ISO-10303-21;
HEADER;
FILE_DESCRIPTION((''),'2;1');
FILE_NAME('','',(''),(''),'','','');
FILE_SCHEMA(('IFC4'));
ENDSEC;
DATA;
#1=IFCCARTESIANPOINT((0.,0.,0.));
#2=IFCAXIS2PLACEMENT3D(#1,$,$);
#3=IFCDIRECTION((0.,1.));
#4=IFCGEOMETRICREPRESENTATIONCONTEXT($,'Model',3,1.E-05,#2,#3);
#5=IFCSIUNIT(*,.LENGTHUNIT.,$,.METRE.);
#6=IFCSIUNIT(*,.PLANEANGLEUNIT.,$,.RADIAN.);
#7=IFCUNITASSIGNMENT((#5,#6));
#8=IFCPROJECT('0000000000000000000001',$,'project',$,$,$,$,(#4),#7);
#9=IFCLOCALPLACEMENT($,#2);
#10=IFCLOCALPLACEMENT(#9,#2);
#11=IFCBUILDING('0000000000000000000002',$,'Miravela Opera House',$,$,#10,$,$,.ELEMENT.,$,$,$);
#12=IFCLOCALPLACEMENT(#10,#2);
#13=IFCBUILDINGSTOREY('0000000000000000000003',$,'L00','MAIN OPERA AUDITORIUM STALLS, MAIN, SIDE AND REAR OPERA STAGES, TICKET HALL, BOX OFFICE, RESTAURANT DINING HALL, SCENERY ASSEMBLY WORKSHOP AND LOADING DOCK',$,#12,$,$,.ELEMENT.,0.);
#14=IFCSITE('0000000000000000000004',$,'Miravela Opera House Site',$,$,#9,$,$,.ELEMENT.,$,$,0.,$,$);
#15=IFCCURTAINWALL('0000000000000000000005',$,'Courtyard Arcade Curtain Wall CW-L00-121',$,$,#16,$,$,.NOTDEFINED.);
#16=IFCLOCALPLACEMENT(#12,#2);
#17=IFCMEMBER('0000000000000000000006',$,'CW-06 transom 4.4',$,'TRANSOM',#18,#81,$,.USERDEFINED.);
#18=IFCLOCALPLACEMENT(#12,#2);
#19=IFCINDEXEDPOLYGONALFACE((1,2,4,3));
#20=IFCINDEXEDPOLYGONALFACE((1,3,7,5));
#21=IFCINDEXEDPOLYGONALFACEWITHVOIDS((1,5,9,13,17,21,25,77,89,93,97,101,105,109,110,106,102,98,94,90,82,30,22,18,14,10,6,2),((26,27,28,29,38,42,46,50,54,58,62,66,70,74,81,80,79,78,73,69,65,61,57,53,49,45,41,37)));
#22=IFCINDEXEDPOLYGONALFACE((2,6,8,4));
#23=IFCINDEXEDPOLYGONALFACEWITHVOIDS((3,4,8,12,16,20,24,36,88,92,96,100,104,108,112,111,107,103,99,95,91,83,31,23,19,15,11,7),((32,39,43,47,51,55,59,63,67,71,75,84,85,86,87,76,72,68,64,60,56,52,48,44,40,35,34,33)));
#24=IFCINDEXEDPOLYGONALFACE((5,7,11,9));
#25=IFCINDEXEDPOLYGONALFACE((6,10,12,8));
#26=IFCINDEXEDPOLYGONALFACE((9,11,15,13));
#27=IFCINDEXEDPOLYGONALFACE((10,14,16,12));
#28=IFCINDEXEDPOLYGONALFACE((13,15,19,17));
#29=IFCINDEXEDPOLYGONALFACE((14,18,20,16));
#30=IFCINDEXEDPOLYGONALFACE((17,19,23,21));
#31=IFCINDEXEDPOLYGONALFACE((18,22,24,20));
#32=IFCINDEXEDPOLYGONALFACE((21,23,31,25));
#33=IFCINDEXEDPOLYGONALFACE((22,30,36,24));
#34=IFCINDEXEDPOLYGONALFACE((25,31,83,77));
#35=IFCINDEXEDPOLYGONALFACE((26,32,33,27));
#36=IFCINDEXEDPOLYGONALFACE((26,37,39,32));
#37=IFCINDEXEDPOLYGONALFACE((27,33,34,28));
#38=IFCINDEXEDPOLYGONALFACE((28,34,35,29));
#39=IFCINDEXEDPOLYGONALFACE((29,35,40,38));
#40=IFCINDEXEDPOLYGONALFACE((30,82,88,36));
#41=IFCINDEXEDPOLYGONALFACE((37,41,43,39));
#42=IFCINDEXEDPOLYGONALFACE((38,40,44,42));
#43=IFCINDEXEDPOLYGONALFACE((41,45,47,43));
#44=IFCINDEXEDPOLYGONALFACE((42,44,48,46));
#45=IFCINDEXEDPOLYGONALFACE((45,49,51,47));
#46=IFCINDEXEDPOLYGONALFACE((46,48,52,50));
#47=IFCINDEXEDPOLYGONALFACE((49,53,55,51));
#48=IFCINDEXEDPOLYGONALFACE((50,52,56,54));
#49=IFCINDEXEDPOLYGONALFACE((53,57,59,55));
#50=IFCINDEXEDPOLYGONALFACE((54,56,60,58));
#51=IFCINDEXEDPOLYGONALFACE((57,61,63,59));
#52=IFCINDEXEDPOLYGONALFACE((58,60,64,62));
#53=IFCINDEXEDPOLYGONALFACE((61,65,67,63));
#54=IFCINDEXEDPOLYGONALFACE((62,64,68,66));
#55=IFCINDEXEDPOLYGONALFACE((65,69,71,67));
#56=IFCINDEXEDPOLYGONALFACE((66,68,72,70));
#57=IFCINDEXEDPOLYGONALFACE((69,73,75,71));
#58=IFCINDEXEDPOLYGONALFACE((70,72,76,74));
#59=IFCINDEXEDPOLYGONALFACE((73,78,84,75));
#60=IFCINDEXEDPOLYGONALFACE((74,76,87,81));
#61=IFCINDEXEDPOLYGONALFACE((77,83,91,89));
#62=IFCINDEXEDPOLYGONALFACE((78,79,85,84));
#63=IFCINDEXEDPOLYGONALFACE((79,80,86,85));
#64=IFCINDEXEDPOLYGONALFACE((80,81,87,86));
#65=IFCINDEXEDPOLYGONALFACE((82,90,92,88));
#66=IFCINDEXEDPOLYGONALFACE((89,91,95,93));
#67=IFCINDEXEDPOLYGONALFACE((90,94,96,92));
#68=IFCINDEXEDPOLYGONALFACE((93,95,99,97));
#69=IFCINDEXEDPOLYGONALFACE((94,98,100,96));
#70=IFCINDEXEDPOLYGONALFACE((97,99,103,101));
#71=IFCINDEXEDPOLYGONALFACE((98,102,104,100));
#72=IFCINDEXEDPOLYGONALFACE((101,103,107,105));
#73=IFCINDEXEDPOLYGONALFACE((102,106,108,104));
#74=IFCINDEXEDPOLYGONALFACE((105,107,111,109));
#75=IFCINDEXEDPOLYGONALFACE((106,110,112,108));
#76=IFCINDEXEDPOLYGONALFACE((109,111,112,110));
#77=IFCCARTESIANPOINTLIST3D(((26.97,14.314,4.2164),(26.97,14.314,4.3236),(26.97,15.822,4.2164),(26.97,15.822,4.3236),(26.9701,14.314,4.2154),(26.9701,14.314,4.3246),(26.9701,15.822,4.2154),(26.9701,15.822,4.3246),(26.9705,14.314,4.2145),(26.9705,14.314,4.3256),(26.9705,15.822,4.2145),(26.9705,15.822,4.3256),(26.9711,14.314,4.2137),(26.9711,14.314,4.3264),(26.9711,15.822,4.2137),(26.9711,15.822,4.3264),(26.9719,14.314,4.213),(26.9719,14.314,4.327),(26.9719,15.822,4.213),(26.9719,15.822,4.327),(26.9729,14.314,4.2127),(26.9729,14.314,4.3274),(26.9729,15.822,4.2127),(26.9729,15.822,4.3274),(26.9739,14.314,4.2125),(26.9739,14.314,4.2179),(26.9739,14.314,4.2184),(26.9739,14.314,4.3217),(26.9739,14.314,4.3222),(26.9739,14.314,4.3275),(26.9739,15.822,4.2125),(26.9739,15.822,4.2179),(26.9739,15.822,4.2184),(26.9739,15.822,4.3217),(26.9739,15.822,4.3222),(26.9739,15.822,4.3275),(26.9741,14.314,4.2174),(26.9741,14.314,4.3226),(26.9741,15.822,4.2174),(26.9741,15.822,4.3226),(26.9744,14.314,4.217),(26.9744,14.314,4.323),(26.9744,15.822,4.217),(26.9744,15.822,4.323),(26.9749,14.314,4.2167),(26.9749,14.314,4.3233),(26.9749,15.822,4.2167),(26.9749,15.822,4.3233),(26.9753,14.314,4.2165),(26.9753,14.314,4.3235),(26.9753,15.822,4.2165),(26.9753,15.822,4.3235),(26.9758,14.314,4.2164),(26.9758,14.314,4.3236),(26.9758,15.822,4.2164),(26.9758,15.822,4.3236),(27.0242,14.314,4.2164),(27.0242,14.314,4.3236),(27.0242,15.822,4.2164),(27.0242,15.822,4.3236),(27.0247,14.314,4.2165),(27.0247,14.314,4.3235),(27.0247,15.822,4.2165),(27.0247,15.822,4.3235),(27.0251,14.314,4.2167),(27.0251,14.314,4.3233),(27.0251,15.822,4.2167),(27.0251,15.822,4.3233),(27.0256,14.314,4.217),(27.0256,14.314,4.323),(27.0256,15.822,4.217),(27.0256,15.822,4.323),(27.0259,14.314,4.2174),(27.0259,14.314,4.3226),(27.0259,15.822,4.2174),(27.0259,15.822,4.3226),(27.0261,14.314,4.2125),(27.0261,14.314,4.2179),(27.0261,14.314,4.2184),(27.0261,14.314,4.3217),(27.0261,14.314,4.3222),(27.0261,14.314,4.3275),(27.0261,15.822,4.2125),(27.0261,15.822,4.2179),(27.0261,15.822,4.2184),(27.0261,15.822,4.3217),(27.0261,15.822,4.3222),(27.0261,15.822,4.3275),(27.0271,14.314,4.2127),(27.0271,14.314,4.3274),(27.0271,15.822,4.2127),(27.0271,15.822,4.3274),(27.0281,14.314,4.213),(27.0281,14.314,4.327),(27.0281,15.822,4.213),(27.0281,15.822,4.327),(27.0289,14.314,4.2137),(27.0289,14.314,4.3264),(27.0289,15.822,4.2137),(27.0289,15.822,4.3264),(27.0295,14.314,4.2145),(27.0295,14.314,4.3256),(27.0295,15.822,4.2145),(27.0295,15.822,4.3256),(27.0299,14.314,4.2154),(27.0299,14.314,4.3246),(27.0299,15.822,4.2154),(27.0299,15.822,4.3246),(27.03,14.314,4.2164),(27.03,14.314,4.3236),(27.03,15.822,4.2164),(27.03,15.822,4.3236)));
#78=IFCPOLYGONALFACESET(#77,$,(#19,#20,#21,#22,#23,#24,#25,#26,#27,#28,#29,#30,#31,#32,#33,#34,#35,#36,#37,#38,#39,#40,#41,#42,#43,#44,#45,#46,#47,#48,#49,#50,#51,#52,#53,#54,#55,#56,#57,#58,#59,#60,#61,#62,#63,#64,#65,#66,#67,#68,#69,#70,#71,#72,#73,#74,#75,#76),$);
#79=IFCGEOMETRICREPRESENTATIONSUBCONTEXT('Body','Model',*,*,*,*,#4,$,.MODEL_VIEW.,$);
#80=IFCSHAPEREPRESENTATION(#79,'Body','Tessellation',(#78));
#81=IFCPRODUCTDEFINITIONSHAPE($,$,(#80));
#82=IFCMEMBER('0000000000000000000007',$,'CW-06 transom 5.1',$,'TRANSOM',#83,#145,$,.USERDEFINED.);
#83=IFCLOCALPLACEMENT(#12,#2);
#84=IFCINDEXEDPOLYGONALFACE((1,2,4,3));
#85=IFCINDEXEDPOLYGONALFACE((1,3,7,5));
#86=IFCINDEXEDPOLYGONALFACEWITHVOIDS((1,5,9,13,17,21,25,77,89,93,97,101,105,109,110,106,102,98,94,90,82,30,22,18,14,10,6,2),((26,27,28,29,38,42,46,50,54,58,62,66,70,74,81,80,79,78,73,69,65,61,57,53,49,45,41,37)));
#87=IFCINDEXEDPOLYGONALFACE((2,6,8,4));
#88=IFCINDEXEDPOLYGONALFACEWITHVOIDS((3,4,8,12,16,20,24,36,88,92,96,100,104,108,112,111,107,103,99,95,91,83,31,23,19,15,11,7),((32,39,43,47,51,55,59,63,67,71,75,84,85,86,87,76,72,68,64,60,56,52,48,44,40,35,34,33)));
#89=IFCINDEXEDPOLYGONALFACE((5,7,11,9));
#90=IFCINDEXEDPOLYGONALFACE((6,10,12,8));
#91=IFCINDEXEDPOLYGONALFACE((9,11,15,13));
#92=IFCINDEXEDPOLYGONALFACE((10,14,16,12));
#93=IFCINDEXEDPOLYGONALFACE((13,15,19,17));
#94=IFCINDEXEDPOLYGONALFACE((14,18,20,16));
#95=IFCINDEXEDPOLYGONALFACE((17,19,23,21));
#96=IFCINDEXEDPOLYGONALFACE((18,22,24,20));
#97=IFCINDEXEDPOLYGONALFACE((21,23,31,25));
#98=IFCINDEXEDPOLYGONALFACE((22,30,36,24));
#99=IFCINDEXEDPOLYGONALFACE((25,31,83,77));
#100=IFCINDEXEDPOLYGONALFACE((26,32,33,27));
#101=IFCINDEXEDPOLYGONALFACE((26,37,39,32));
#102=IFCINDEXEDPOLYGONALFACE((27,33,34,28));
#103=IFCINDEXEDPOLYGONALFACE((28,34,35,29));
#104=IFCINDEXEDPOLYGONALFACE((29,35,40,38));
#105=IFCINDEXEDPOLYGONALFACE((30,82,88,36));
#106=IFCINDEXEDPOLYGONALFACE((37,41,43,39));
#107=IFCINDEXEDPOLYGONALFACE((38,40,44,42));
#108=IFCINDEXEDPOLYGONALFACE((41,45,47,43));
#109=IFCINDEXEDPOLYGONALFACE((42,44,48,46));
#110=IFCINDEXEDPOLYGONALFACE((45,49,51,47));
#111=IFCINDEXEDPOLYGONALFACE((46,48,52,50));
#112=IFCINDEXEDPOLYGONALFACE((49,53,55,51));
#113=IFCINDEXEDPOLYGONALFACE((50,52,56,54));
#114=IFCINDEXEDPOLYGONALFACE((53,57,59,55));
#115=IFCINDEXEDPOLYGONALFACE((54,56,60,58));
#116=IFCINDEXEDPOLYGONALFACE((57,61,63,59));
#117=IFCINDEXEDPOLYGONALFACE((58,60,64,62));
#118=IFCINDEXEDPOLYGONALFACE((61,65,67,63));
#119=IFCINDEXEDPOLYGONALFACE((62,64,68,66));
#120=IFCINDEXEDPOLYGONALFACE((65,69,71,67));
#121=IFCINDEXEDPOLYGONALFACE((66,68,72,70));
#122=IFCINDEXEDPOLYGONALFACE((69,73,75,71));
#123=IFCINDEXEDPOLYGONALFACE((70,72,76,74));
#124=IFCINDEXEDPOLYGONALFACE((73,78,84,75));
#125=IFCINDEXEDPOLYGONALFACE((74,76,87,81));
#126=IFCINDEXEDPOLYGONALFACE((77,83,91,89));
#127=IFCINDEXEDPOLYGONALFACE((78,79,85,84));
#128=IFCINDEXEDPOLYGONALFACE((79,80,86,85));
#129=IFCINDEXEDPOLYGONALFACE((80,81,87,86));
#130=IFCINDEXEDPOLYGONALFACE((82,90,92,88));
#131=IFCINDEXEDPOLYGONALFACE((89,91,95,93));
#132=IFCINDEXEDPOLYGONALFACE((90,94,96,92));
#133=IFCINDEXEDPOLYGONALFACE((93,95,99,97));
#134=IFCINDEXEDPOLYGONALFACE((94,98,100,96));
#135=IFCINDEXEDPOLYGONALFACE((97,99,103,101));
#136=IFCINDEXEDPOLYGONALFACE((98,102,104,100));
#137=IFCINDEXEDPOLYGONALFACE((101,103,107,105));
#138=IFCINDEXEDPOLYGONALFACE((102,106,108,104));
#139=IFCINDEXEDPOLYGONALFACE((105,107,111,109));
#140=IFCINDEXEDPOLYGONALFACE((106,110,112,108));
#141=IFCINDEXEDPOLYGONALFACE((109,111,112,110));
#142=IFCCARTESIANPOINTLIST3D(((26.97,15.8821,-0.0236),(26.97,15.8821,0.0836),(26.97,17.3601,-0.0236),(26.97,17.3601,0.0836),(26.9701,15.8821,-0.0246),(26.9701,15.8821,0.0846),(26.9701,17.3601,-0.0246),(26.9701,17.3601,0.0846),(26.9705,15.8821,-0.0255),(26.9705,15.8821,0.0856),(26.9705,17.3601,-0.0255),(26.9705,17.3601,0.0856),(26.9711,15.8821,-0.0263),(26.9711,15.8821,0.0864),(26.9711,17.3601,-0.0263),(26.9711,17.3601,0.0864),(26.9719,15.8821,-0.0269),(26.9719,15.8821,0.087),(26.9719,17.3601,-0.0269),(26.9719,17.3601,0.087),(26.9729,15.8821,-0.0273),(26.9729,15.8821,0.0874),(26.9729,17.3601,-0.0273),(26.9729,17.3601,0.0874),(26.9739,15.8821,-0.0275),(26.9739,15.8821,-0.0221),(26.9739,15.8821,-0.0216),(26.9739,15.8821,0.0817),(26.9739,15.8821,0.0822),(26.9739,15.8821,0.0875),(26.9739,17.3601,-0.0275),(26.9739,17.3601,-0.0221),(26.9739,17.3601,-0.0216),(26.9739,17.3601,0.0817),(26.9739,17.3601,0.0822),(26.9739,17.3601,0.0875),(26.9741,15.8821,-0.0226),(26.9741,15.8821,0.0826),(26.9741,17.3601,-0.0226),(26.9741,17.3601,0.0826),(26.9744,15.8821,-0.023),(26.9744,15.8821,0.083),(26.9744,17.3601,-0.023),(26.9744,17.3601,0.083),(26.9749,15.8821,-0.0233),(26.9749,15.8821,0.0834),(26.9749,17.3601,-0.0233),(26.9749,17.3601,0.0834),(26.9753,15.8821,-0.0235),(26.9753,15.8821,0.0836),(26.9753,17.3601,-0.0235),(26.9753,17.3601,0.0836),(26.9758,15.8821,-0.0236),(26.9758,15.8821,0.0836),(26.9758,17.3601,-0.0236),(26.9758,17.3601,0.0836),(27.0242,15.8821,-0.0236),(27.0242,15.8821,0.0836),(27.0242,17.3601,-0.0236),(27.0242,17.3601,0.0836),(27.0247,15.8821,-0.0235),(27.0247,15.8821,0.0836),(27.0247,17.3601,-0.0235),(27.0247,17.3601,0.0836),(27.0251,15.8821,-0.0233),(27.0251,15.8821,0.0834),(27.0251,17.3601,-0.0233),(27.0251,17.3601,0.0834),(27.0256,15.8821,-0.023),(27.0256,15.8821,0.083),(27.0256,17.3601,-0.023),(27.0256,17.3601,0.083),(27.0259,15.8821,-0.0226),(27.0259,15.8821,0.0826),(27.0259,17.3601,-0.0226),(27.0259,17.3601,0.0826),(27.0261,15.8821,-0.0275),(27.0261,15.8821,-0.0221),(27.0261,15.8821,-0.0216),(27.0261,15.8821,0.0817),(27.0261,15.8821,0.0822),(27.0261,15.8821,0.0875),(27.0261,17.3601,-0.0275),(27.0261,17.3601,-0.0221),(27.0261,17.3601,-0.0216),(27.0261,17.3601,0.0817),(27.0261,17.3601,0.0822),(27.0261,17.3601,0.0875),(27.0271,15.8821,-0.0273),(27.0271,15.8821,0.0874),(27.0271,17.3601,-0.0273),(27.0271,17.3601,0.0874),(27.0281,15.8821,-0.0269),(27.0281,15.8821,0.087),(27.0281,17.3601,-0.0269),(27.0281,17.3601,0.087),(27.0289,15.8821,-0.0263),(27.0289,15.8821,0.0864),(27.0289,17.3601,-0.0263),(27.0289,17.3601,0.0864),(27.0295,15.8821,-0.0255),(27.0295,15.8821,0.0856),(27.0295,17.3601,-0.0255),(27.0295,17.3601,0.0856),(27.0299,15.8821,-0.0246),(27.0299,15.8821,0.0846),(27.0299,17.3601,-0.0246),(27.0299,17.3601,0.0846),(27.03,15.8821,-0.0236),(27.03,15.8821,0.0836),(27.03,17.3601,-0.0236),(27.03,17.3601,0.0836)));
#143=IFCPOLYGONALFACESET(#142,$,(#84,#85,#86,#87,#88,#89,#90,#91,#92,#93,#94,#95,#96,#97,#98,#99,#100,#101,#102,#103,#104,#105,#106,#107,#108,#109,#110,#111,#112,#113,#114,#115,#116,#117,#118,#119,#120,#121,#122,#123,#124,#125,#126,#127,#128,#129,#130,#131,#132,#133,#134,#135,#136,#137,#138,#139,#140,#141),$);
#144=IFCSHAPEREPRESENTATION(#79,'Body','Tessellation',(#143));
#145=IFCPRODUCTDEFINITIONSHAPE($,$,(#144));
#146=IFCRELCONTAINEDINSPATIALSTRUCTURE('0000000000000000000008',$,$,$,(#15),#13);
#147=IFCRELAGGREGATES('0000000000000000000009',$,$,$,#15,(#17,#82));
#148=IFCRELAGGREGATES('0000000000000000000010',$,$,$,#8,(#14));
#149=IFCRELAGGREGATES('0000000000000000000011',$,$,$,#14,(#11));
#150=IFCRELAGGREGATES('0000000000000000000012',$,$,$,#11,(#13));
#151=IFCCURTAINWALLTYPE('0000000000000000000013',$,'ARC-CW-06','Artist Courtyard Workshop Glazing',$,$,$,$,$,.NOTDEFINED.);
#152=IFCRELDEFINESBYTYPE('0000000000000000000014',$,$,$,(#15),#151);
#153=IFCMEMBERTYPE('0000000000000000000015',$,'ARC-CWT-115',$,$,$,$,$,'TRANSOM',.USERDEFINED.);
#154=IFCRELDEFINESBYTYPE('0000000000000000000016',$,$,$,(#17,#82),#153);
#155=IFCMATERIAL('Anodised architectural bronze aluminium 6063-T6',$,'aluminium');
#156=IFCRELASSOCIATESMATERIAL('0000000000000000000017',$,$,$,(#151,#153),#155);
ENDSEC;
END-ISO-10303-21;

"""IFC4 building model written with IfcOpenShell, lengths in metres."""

from ifc_helpers import new_model, si_unit, direction, frame, origin, origin_2d, place, context, subcontext, project, spatial, hollow_rectangle, extrude, material, material_profile, profile_set, type_object, element, aggregate, save


model = new_model("IFC4")

# Units and contexts
model_context = context("Model", 3, precision=1e-05, world=origin(), true_north=direction((0.0, 1.0)))
body_context = subcontext(model_context, "Body", "Model", "MODEL_VIEW")
ifc_project = project(units=[si_unit("LENGTHUNIT", "METRE"), si_unit("PLANEANGLEUNIT", "RADIAN")], contexts=[model_context])

# Site, building, storey
site_placement = place(None, origin())
site = spatial("IfcSite", under=ifc_project, at=site_placement, Name="Miravela Opera House Site", CompositionType="ELEMENT", RefElevation=0.0)
building_placement = place(site_placement, origin())
building = spatial("IfcBuilding", under=site, at=building_placement, Name="Miravela Opera House", CompositionType="ELEMENT")
storey_placement = place(building_placement, origin())
storey = spatial("IfcBuildingStorey", under=building, at=storey_placement, Name="L00", Description="MAIN OPERA AUDITORIUM STALLS, MAIN, SIDE AND REAR OPERA STAGES, TICKET HALL, BOX OFFICE, RESTAURANT DINING HALL, SCENERY ASSEMBLY WORKSHOP AND LOADING DOCK", CompositionType="ELEMENT", Elevation=0.0)

# Curtain wall, members
ifc_material_1 = material(Name="Anodised architectural bronze aluminium 6063-T6", Category="aluminium")
curtain_wall_type = type_object("IfcCurtainWallType", Name="ARC-CW-06", Description="Artist Courtyard Workshop Glazing", PredefinedType="NOTDEFINED", material=ifc_material_1)
curtain_wall_placement = place(storey_placement, origin())
curtain_wall = element("IfcCurtainWall", 1, at=curtain_wall_placement, inside=storey, type_object=curtain_wall_type, Name="Courtyard Arcade Curtain Wall CW-L00-121", PredefinedType="NOTDEFINED")
ifc_material_profile_1 = material_profile(ifc_material_1, hollow_rectangle(XDim=0.0601, YDim=0.115, WallThickness=0.0039, InnerFilletRadius=0.002, OuterFilletRadius=0.0039, at=origin_2d()), Name="CWT-60X115")
ifc_profile_set_1 = profile_set([ifc_material_profile_1])
member_type_1 = type_object("IfcMemberType", Name="ARC-CWT-115", ElementType="TRANSOM", PredefinedType="USERDEFINED", material=ifc_profile_set_1)
member_1_placement = place(storey_placement, frame((27.0, 14.314, 4.27), z_axis=(0.0, 1.0, 0.0), x_axis=(-1.0, 0.0, 0.0)))
member_1 = element("IfcMember", 2, at=member_1_placement, type_object=member_type_1, Name="CW-06 transom 4.4", ObjectType="TRANSOM", PredefinedType="USERDEFINED", context=body_context, shape_type="SweptSolid", body=[
    extrude(hollow_rectangle(XDim=0.0601, YDim=0.115, WallThickness=0.0039, InnerFilletRadius=0.002, OuterFilletRadius=0.0039, at=origin_2d()), origin(), (0.0, 0.0, 1.0), 1.5081),
])
member_2_placement = place(storey_placement, frame((27.0, 15.8821, 0.03), z_axis=(0.0, 1.0, 0.0), x_axis=(-1.0, 0.0, 0.0)))
member_2 = element("IfcMember", 3, at=member_2_placement, type_object=member_type_1, Name="CW-06 transom 5.1", ObjectType="TRANSOM", PredefinedType="USERDEFINED", context=body_context, shape_type="SweptSolid", body=[
    extrude(hollow_rectangle(XDim=0.0601, YDim=0.115, WallThickness=0.0039, InnerFilletRadius=0.002, OuterFilletRadius=0.0039, at=origin_2d()), origin(), (0.0, 0.0, 1.0), 1.478),
])

aggregate(curtain_wall, [member_1, member_2])

save(model, "model.ifc")
